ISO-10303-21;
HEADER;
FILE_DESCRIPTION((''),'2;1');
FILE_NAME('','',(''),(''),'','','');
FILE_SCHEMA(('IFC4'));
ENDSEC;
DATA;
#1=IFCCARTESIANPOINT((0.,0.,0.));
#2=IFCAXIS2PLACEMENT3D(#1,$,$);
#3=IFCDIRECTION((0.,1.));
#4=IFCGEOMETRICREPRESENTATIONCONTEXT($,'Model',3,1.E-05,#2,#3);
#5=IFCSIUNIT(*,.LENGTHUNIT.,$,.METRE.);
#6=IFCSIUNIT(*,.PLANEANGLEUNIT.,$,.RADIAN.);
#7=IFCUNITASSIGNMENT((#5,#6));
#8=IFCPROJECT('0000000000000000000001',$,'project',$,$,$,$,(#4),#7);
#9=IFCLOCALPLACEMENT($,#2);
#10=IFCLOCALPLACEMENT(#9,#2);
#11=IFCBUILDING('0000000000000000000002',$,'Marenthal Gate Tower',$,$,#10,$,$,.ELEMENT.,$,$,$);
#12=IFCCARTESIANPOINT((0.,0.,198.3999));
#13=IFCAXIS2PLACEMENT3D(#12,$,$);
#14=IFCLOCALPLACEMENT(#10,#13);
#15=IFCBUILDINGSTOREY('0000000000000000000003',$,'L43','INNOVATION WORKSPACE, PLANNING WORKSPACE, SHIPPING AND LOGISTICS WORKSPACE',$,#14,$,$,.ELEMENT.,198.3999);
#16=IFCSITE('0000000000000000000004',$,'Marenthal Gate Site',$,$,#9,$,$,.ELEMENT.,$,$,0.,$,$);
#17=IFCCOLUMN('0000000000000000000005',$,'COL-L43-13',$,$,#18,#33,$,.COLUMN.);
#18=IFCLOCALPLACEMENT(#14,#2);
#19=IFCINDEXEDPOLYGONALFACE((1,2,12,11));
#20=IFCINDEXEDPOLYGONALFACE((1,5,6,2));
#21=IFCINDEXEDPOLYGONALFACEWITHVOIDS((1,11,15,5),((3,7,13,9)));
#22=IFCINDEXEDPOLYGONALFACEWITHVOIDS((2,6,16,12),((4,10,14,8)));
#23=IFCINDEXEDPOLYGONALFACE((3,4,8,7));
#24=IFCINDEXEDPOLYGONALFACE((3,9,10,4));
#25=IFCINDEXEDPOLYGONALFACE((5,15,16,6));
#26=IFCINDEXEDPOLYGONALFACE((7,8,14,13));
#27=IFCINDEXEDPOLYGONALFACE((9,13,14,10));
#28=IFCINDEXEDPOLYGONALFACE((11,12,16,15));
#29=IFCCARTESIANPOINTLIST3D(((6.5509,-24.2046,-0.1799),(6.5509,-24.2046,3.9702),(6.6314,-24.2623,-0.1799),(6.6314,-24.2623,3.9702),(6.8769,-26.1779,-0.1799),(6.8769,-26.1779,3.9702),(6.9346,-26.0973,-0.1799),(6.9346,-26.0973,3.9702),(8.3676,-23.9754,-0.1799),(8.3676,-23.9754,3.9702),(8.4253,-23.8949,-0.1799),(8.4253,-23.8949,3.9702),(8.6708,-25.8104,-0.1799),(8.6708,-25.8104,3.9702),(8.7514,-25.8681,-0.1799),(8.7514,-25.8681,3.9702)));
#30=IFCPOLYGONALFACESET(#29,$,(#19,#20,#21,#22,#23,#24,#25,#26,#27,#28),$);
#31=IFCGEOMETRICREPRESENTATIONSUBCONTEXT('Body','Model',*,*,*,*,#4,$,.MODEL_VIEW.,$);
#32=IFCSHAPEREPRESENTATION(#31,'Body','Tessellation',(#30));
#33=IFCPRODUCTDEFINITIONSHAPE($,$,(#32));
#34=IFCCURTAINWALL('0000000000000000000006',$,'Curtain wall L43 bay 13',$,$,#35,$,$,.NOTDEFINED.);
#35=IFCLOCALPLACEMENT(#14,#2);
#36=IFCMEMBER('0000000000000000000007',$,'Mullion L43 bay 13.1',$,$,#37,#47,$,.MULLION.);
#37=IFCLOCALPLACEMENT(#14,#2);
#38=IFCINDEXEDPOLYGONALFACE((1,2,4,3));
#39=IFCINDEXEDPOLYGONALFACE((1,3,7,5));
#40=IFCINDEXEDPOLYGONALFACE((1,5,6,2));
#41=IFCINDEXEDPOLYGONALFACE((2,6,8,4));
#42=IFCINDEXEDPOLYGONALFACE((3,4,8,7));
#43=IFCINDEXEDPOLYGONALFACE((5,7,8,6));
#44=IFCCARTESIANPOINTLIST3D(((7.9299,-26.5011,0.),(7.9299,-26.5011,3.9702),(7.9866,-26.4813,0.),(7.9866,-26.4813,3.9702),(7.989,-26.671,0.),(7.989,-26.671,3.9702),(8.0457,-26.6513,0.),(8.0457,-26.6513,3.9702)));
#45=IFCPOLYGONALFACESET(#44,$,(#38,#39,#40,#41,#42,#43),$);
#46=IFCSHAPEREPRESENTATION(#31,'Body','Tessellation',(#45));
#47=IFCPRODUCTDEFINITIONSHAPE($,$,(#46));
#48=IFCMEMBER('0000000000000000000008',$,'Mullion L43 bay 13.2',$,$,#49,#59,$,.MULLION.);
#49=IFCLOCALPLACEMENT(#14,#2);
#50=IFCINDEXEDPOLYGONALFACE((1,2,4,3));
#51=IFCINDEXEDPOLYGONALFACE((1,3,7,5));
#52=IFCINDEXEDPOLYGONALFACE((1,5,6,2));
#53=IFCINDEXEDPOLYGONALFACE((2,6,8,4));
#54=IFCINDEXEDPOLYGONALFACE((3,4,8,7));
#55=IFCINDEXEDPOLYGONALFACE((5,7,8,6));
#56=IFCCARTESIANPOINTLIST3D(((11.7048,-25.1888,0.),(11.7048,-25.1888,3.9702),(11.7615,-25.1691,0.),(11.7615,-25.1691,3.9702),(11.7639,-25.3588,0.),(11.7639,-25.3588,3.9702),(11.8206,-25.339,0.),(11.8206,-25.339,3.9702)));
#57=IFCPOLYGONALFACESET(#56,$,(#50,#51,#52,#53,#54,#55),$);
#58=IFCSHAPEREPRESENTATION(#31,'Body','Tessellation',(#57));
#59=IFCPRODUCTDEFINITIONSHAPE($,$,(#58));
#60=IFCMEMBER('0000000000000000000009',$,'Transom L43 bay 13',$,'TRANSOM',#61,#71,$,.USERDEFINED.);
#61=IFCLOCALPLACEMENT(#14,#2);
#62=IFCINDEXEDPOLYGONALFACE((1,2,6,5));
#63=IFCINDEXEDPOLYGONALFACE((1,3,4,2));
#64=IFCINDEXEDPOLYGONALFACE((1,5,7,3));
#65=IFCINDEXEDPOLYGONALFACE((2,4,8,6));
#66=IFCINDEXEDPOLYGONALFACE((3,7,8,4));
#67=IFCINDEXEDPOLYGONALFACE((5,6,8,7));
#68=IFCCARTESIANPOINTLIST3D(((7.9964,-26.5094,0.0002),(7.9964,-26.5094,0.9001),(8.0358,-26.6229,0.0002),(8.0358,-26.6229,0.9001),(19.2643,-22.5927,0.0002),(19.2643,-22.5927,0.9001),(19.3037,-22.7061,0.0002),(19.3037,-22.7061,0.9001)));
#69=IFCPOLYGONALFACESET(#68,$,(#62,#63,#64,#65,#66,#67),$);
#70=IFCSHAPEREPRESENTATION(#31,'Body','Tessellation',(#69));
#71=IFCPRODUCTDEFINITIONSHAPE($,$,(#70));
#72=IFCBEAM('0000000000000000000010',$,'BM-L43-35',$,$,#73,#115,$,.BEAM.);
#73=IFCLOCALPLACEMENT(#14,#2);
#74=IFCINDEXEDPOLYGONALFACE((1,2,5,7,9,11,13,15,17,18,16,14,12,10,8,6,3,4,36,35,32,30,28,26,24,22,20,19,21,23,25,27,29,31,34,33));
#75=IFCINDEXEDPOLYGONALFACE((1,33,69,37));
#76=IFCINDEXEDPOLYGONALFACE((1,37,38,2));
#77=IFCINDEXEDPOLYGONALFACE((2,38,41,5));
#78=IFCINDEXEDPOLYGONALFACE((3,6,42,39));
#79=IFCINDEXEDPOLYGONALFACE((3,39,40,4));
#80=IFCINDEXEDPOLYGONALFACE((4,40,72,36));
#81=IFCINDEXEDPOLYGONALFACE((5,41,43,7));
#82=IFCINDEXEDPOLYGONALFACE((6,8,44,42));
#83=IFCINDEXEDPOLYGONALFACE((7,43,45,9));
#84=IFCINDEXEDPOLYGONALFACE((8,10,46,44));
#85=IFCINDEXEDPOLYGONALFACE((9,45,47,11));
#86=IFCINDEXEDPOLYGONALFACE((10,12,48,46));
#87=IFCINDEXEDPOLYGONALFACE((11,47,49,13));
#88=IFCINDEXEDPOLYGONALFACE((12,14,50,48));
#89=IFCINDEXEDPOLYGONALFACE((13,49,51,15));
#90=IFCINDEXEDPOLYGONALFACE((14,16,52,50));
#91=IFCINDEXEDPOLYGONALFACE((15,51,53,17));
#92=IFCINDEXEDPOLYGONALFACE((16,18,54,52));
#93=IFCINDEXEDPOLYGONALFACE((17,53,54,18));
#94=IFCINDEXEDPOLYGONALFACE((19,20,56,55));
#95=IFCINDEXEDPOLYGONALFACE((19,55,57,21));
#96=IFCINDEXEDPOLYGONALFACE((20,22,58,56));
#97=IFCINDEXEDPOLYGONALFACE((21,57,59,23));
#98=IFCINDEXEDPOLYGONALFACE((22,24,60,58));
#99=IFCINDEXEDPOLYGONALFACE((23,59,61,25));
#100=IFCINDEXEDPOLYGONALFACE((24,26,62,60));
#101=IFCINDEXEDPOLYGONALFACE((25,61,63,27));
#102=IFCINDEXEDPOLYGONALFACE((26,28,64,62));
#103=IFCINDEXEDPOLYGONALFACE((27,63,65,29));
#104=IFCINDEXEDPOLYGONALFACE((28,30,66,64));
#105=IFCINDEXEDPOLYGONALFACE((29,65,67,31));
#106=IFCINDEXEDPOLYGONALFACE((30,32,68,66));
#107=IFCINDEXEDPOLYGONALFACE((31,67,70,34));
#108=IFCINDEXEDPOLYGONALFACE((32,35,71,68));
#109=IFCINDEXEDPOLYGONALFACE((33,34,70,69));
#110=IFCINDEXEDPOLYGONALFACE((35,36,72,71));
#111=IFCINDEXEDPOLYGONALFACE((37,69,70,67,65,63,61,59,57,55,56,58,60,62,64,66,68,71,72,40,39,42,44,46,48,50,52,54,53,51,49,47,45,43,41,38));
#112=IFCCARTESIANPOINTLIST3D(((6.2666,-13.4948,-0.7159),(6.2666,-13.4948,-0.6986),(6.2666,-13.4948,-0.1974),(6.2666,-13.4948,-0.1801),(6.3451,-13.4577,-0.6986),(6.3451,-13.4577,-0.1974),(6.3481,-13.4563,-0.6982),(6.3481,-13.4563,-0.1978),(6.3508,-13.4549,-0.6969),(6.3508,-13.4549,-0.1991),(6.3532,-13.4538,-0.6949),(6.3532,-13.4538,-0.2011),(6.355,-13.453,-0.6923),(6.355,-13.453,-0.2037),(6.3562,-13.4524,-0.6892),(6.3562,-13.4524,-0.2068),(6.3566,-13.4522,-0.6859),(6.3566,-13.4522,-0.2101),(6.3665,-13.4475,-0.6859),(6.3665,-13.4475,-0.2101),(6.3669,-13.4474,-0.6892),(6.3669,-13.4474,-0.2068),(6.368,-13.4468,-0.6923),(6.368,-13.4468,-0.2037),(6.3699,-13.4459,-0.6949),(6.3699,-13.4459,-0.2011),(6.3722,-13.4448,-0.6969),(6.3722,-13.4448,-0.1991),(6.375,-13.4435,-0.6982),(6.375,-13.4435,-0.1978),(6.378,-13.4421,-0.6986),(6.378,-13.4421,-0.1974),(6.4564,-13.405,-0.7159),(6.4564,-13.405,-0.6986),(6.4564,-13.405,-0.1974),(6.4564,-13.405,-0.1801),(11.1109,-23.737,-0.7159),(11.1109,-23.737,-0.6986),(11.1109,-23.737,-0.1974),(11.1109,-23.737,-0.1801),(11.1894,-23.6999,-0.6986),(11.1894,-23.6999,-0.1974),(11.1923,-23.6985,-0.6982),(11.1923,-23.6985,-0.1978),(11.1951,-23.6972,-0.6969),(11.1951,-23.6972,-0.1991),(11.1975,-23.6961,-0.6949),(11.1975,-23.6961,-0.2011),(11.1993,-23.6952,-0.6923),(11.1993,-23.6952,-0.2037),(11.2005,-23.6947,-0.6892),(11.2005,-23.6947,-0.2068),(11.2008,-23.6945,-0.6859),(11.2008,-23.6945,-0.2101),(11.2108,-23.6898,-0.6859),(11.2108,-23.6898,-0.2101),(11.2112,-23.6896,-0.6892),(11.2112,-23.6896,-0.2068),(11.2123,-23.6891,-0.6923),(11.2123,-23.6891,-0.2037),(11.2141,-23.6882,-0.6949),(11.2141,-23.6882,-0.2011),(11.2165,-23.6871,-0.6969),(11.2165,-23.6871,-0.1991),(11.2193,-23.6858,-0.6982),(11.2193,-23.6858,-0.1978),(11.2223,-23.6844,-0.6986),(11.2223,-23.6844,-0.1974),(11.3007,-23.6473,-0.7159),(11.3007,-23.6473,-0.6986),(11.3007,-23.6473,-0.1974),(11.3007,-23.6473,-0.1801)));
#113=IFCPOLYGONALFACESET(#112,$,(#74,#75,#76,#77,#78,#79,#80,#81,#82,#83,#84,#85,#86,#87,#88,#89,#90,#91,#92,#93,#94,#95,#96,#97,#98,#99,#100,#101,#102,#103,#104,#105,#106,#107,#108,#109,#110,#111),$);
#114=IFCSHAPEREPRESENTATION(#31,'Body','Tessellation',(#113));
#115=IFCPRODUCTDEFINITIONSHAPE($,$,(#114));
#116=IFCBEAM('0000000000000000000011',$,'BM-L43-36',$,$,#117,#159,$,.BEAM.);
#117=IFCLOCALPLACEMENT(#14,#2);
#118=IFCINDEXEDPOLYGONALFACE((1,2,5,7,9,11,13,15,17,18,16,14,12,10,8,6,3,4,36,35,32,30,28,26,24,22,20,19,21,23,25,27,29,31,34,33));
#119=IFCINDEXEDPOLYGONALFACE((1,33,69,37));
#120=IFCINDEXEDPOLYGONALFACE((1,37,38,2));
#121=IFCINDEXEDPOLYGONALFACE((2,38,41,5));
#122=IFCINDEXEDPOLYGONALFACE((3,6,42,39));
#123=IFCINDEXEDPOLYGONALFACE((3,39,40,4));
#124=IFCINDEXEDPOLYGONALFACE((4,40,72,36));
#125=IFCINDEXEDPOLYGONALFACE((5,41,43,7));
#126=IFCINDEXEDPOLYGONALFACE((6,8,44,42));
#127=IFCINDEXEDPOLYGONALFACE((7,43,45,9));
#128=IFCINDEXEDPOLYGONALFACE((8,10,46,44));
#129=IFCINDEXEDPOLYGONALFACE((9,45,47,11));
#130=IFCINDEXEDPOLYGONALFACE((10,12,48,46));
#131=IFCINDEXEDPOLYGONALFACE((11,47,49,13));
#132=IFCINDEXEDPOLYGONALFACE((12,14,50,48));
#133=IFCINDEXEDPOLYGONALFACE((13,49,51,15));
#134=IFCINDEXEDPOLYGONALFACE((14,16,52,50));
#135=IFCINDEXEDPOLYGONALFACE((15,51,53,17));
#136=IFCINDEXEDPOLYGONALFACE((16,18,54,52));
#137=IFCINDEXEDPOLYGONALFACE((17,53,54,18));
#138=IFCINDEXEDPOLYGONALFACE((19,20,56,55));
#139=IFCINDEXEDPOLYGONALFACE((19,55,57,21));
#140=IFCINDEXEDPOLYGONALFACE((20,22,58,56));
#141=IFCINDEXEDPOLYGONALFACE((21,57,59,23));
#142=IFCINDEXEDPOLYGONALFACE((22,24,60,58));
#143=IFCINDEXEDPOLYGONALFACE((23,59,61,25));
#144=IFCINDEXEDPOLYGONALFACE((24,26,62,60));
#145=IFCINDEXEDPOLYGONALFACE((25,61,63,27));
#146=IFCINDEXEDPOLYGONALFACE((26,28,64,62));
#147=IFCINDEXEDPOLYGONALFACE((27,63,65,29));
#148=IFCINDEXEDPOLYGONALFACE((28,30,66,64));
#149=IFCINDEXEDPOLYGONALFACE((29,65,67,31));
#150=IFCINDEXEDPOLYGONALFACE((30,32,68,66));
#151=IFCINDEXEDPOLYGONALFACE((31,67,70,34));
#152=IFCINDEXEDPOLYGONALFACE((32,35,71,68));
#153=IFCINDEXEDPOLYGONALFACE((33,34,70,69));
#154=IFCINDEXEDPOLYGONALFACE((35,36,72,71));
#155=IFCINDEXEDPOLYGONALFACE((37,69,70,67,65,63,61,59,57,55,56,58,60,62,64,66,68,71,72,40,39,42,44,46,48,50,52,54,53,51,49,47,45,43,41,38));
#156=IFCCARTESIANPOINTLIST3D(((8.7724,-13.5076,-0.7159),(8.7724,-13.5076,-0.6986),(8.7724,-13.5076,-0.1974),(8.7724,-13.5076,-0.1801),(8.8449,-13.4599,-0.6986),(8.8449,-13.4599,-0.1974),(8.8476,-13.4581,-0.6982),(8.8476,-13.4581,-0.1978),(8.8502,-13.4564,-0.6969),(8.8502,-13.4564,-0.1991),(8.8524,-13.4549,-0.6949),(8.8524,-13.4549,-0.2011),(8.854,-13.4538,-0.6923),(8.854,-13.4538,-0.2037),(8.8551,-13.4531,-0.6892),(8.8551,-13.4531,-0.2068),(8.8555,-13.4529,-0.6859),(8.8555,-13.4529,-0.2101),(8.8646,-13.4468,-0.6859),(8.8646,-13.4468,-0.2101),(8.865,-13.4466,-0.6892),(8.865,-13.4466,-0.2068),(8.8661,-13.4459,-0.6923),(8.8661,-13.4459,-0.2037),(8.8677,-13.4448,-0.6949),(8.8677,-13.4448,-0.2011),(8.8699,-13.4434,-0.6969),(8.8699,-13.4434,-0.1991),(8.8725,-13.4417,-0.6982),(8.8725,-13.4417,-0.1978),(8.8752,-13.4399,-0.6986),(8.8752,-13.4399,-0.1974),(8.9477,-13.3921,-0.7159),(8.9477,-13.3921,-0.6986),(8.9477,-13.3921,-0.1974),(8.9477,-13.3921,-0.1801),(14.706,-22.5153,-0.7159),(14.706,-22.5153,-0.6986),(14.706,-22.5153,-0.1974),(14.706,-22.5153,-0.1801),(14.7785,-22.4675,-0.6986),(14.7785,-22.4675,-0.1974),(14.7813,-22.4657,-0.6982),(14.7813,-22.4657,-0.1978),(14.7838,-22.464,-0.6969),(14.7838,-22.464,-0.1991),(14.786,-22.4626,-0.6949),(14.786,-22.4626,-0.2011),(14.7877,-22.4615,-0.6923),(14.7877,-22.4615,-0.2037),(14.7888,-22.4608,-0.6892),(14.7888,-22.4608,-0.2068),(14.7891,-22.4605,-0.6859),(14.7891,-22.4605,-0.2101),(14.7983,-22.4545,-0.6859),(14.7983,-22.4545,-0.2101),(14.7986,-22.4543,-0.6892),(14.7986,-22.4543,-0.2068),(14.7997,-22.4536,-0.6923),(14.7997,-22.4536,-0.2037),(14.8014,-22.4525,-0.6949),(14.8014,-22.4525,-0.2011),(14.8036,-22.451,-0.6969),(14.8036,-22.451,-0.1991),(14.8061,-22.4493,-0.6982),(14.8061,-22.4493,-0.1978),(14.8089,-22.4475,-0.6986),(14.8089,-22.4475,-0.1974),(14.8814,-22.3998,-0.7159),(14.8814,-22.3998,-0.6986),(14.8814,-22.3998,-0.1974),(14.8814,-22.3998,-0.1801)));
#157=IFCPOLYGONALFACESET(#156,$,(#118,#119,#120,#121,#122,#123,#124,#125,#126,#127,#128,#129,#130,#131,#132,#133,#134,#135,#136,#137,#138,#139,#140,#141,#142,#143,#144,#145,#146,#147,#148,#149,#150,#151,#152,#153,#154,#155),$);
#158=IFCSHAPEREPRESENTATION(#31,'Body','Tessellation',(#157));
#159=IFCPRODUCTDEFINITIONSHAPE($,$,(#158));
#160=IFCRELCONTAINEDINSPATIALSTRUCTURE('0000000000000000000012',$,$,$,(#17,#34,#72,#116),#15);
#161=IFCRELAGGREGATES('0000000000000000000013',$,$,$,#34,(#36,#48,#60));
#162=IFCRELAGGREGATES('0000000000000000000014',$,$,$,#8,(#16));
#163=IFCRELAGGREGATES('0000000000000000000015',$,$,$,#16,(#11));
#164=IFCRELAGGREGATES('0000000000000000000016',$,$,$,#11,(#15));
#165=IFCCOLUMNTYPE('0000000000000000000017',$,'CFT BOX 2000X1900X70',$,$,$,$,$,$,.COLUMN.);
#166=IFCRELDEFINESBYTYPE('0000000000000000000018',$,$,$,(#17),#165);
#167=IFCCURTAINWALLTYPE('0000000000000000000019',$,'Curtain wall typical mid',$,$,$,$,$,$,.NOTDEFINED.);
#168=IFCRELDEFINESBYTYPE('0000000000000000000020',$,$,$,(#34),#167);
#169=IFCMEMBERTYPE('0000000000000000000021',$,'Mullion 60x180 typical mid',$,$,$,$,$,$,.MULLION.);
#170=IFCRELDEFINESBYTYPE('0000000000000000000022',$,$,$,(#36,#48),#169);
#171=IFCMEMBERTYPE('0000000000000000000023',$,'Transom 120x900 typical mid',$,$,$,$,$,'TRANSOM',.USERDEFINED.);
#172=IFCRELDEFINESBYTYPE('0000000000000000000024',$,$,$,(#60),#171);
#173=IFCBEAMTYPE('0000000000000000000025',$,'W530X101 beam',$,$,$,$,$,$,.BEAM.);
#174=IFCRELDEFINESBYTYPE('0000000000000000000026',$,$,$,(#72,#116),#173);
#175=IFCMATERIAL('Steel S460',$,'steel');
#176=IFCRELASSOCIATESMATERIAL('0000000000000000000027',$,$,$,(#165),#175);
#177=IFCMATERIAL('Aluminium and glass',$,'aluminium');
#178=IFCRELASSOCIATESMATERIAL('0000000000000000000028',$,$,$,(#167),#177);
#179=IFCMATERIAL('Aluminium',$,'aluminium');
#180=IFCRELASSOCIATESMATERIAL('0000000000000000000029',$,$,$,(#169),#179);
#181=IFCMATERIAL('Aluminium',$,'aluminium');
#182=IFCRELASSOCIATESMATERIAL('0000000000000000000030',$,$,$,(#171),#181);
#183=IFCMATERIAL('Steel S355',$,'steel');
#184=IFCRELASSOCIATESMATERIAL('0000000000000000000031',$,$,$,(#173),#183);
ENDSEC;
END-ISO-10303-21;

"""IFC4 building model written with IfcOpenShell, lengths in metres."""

from ifc_helpers import new_model, si_unit, direction, frame, origin, origin_2d, place, context, subcontext, project, spatial, rectangle, hollow_rectangle, i_section, extrude, material, material_profile, profile_set, type_object, element, aggregate, save


model = new_model("IFC4")

# Units and contexts
model_context = context("Model", 3, precision=1e-05, world=origin(), true_north=direction((0.0, 1.0)))
body_context = subcontext(model_context, "Body", "Model", "MODEL_VIEW")
ifc_project = project(units=[si_unit("LENGTHUNIT", "METRE"), si_unit("PLANEANGLEUNIT", "RADIAN")], contexts=[model_context])

# Site, building, storey
site_placement = place(None, origin())
site = spatial("IfcSite", under=ifc_project, at=site_placement, Name="Marenthal Gate Site", CompositionType="ELEMENT", RefElevation=0.0)
building_placement = place(site_placement, origin())
building = spatial("IfcBuilding", under=site, at=building_placement, Name="Marenthal Gate Tower", CompositionType="ELEMENT")
storey_placement = place(building_placement, frame((0.0, 0.0, 198.3999)))
storey = spatial("IfcBuildingStorey", under=building, at=storey_placement, Name="L43", Description="INNOVATION WORKSPACE, PLANNING WORKSPACE, SHIPPING AND LOGISTICS WORKSPACE", CompositionType="ELEMENT", Elevation=198.3999)

# Column
ifc_material_1 = material(Name="Steel S460", Category="steel")
ifc_material_profile_1 = material_profile(ifc_material_1, hollow_rectangle(XDim=1.8999, YDim=2.0, WallThickness=0.0701, at=origin_2d()), Name="CFT BOX 2000X1900X70")
ifc_material_2 = material(Name="Concrete 70 MPa", Category="concrete")
ifc_material_profile_2 = material_profile(ifc_material_2, rectangle(XDim=1.76, YDim=1.8601, at=origin_2d()), Name="CFT BOX 2000X1900X70 INFILL")
ifc_profile_set_1 = profile_set([ifc_material_profile_1, ifc_material_profile_2], Name="Steel S460 shell, Concrete 70 MPa infill")
column_type = type_object("IfcColumnType", Name="CFT BOX 2000X1900X70", PredefinedType="COLUMN", material=ifc_profile_set_1)
column_placement = place(storey_placement, frame((7.6511, -25.0364, -0.1799), z_axis=(0.0, 0.0, 1.0), x_axis=(-0.986621, -0.16303, 0.0)))
element("IfcColumn", 1, at=column_placement, inside=storey, type_object=column_type, Name="COL-L43-13", PredefinedType="COLUMN", context=body_context, shape_type="SweptSolid", body=[
    extrude(hollow_rectangle(XDim=1.8999, YDim=2.0, WallThickness=0.0701, at=origin_2d()), origin(), (0.0, 0.0, 1.0), 4.1501),
])

# Curtain wall, members
ifc_material_3 = material(Name="Aluminium and glass", Category="aluminium")
curtain_wall_type = type_object("IfcCurtainWallType", Name="Curtain wall typical mid", PredefinedType="NOTDEFINED", material=ifc_material_3)
curtain_wall_placement = place(storey_placement, origin())
curtain_wall = element("IfcCurtainWall", 2, at=curtain_wall_placement, inside=storey, type_object=curtain_wall_type, Name="Curtain wall L43 bay 13", PredefinedType="NOTDEFINED")
ifc_material_4 = material(Name="Aluminium", Category="aluminium")
ifc_material_profile_3 = material_profile(ifc_material_4, rectangle(XDim=0.1799, YDim=0.0601, at=origin_2d()), Name="60x180 aluminium mullion")
ifc_profile_set_2 = profile_set([ifc_material_profile_3], Name="Aluminium")
member_type_1 = type_object("IfcMemberType", Name="Mullion 60x180 typical mid", PredefinedType="MULLION", material=ifc_profile_set_2)
member_1_placement = place(storey_placement, frame((7.9878, -26.5762, 0.0), z_axis=(0.0, 0.0, 1.0), x_axis=(-0.328332, 0.944562, 0.0)))
member_1 = element("IfcMember", 3, at=member_1_placement, type_object=member_type_1, Name="Mullion L43 bay 13.1", PredefinedType="MULLION", context=body_context, shape_type="SweptSolid", body=[
    extrude(rectangle(XDim=0.1799, YDim=0.0601, at=origin_2d()), origin(), (0.0, 0.0, 1.0), 3.9702),
])
member_2_placement = place(storey_placement, frame((11.7627, -25.2639, 0.0), z_axis=(0.0, 0.0, 1.0), x_axis=(-0.328332, 0.944562, 0.0)))
member_2 = element("IfcMember", 4, at=member_2_placement, type_object=member_type_1, Name="Mullion L43 bay 13.2", PredefinedType="MULLION", context=body_context, shape_type="SweptSolid", body=[
    extrude(rectangle(XDim=0.1799, YDim=0.0601, at=origin_2d()), origin(), (0.0, 0.0, 1.0), 3.9702),
])
ifc_material_5 = material(Name="Aluminium", Category="aluminium")
ifc_material_profile_4 = material_profile(ifc_material_5, rectangle(XDim=0.1201, YDim=0.8999, at=origin_2d()), Name="120x900 aluminium transom")
ifc_profile_set_3 = profile_set([ifc_material_profile_4], Name="Aluminium")
member_type_2 = type_object("IfcMemberType", Name="Transom 120x900 typical mid", ElementType="TRANSOM", PredefinedType="USERDEFINED", material=ifc_profile_set_3)
member_3_placement = place(storey_placement, frame((8.0161, -26.5662, 0.4502), z_axis=(0.944562, 0.328334, 0.0), x_axis=(-0.328334, 0.944562, 0.0)))
member_3 = element("IfcMember", 5, at=member_3_placement, type_object=member_type_2, Name="Transom L43 bay 13", ObjectType="TRANSOM", PredefinedType="USERDEFINED", context=body_context, shape_type="SweptSolid", body=[
    extrude(rectangle(XDim=0.1201, YDim=0.8999, at=origin_2d()), origin(), (0.0, 0.0, 1.0), 11.9292),
])

# Beams
ifc_material_6 = material(Name="Steel S355", Category="steel")
ifc_material_profile_5 = material_profile(ifc_material_6, i_section(OverallWidth=0.21, OverallDepth=0.5359, WebThickness=0.011, FlangeThickness=0.0173, FilletRadius=0.0127, at=origin_2d()), Name="W530X101")
ifc_profile_set_4 = profile_set([ifc_material_profile_5], Name="Steel S355")
beam_type_1 = type_object("IfcBeamType", Name="W530X101 beam", PredefinedType="BEAM", material=ifc_profile_set_4)
beam_1_placement = place(storey_placement, frame((11.2058, -23.6921, -0.448), z_axis=(-0.427558, 0.903988, 0.0), x_axis=(-0.903988, -0.427558, 0.0)))
element("IfcBeam", 6, at=beam_1_placement, inside=storey, type_object=beam_type_1, Name="BM-L43-35", PredefinedType="BEAM", context=body_context, shape_type="SweptSolid", body=[
    extrude(i_section(OverallWidth=0.21, OverallDepth=0.5359, WebThickness=0.011, FlangeThickness=0.0173, FilletRadius=0.0127, at=origin_2d()), origin(), (0.0, 0.0, 1.0), 11.3301),
])
beam_2_placement = place(storey_placement, frame((14.7937, -22.4575, -0.448), z_axis=(-0.550106, 0.835095, 0.0), x_axis=(-0.835095, -0.550106, 0.0)))
element("IfcBeam", 7, at=beam_2_placement, inside=storey, type_object=beam_type_1, Name="BM-L43-36", PredefinedType="BEAM", context=body_context, shape_type="SweptSolid", body=[
    extrude(i_section(OverallWidth=0.21, OverallDepth=0.5359, WebThickness=0.011, FlangeThickness=0.0173, FilletRadius=0.0127, at=origin_2d()), origin(), (0.0, 0.0, 1.0), 10.7864),
])

aggregate(curtain_wall, [member_1, member_2, member_3])

save(model, "model.ifc")
